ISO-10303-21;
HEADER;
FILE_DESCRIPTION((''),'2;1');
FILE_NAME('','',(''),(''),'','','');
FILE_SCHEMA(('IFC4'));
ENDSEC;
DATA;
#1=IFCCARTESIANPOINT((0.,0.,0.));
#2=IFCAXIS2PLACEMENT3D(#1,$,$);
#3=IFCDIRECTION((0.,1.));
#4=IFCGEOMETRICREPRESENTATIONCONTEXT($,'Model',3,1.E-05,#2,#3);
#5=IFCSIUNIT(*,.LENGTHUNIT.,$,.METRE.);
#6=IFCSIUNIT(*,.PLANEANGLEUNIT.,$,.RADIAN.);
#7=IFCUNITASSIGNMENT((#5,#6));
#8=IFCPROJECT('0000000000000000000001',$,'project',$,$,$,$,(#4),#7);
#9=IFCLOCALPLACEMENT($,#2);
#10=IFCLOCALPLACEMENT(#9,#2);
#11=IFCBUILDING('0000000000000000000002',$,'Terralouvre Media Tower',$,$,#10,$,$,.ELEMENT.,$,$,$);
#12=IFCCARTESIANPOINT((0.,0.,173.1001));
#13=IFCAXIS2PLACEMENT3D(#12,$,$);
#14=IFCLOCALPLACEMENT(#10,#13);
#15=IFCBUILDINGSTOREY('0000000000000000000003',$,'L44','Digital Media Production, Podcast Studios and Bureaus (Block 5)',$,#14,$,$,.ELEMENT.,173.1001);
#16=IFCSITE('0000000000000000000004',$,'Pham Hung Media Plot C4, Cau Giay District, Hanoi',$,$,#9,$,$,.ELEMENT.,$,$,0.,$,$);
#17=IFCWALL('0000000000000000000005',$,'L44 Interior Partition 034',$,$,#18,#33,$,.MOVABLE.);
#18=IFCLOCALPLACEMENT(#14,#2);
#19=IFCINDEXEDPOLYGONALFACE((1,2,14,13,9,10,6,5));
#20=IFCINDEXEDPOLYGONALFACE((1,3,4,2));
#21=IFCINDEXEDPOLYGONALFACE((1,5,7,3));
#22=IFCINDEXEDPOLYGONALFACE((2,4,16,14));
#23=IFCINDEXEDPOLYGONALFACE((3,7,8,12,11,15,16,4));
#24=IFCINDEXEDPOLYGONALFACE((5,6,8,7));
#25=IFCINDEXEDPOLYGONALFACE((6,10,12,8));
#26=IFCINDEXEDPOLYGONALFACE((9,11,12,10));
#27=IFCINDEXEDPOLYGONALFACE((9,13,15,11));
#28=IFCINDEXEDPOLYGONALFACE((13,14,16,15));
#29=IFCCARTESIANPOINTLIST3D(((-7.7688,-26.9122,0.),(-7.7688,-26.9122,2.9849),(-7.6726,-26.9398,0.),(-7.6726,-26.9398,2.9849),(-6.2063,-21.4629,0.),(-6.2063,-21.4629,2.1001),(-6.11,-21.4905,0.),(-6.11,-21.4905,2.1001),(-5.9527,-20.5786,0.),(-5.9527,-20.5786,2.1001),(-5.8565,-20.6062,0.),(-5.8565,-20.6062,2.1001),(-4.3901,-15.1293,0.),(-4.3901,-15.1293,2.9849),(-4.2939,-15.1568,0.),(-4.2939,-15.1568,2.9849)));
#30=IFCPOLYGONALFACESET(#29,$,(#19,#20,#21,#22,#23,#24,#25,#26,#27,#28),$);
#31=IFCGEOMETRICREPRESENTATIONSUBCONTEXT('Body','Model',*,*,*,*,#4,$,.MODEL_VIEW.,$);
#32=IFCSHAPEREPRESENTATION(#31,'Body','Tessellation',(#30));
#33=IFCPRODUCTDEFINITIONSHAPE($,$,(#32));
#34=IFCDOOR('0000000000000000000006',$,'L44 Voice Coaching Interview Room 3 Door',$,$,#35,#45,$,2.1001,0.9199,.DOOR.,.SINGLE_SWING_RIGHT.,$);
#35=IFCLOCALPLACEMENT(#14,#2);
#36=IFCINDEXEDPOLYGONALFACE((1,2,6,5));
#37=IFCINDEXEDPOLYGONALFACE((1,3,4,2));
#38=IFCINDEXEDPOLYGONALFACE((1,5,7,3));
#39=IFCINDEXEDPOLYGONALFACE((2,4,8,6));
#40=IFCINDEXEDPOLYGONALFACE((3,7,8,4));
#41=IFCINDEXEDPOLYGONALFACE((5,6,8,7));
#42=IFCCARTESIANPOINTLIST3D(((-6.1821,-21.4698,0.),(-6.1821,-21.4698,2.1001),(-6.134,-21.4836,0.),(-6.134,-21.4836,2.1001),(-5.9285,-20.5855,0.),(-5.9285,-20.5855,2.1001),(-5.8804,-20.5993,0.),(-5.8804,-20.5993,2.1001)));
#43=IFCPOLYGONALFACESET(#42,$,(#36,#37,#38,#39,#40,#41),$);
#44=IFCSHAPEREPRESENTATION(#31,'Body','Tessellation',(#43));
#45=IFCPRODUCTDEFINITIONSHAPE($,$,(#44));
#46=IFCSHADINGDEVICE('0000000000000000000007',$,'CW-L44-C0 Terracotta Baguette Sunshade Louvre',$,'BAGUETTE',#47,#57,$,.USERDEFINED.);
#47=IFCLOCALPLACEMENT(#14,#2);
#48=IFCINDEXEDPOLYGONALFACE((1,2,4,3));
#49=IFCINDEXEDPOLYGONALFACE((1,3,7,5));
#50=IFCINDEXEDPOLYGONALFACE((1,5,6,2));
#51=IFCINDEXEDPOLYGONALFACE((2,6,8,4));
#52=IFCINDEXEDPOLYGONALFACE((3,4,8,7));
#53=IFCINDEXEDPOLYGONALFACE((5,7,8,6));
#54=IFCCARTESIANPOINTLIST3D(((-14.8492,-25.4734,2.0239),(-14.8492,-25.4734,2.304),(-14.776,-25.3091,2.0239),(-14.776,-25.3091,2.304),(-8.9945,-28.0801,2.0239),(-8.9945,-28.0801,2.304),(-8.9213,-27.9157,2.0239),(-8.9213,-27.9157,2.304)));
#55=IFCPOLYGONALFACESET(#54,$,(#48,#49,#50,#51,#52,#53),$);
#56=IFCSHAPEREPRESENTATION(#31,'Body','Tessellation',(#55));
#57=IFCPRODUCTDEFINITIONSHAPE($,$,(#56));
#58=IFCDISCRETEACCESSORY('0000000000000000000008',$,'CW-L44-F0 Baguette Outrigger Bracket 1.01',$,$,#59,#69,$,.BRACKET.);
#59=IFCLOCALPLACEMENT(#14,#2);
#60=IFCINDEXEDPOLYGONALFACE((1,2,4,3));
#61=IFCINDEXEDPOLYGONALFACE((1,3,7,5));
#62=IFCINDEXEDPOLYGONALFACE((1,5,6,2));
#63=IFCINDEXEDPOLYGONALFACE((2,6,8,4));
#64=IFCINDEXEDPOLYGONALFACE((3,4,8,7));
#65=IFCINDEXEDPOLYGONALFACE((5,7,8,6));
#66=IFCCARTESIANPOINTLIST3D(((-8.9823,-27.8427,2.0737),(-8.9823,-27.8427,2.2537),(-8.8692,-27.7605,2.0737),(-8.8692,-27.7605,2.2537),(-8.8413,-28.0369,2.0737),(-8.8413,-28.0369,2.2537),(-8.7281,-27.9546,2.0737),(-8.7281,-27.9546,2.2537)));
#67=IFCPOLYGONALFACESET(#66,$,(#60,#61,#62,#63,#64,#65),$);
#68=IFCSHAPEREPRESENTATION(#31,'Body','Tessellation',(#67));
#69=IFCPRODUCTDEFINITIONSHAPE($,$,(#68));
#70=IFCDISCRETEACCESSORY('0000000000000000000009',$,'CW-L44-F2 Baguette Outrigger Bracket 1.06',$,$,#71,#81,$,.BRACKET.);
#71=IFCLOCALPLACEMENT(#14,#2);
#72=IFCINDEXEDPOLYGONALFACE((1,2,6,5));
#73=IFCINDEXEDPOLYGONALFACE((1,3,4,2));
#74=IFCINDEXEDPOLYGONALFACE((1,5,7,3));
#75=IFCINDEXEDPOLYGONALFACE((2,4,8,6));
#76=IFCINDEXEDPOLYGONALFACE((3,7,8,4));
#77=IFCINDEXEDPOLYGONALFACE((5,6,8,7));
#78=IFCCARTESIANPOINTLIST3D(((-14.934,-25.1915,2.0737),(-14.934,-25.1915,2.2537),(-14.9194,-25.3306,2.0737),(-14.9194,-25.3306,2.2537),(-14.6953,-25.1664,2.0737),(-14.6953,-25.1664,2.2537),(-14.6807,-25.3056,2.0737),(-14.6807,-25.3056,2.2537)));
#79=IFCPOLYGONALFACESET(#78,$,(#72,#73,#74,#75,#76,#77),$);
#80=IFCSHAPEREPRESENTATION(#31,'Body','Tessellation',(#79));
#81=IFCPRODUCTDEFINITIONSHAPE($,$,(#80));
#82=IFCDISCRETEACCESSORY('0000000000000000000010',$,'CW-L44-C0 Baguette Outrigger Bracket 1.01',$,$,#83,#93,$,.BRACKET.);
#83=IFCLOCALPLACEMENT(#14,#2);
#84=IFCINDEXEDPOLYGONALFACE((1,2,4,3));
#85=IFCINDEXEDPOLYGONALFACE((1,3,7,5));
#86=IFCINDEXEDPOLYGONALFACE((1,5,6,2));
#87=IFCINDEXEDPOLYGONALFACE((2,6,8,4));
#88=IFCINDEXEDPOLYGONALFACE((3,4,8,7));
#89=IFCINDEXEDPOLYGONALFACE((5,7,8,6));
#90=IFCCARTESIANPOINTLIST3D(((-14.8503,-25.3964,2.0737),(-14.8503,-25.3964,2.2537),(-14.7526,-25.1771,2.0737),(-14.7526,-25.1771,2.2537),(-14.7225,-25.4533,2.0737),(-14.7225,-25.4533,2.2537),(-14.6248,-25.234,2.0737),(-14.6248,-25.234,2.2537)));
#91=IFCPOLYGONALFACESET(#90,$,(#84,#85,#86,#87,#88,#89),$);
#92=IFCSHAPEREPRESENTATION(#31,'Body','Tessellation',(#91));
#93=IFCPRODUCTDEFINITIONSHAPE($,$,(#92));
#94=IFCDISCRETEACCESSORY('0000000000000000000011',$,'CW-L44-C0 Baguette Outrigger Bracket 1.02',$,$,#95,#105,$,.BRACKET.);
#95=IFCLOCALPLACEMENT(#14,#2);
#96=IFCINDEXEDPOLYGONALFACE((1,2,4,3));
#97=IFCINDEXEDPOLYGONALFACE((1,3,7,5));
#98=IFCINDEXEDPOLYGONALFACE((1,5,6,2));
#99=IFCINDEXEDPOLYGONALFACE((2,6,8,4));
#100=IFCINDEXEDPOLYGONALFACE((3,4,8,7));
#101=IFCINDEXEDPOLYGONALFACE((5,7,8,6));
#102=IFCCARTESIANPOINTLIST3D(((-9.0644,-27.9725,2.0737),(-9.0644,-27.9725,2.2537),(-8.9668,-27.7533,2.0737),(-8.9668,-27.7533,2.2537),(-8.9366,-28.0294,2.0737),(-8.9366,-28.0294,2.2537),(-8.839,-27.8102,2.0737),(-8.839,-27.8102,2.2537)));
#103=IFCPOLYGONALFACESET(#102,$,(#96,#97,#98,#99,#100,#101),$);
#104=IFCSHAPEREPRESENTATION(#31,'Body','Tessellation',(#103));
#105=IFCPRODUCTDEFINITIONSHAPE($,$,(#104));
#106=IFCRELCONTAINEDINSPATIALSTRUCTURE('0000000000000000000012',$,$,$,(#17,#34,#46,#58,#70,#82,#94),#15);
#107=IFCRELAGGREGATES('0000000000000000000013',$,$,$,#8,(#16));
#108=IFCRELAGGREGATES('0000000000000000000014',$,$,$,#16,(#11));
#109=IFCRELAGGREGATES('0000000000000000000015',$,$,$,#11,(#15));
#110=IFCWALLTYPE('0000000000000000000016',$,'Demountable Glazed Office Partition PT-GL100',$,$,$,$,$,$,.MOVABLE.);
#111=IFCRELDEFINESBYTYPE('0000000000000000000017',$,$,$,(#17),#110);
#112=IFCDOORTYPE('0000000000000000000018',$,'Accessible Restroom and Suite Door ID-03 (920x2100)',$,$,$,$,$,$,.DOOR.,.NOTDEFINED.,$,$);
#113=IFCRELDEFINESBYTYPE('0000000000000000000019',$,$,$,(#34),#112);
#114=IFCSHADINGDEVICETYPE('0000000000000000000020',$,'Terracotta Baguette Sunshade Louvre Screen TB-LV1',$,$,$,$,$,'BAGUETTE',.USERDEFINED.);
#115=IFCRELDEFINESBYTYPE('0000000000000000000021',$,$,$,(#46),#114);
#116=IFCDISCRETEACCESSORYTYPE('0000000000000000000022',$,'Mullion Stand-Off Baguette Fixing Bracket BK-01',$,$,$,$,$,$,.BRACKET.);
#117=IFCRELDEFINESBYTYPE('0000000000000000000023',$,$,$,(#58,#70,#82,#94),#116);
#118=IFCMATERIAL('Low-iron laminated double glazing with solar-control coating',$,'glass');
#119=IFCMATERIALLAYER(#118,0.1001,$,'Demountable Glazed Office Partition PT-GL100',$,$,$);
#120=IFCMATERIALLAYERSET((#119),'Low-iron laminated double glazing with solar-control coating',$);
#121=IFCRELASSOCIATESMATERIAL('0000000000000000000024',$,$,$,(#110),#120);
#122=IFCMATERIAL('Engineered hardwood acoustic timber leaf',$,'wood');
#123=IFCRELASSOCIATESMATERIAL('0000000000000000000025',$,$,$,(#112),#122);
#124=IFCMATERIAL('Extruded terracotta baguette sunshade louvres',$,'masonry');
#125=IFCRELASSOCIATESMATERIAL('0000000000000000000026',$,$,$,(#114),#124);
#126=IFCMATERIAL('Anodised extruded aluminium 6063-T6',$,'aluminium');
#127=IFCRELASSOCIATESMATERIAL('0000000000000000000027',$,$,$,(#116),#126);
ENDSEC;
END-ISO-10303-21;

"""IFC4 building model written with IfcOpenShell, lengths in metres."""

from ifc_helpers import new_model, si_unit, direction, frame, frame_2d, origin, origin_2d, place, context, subcontext, project, spatial, rectangle, extrude, material, layer, layer_set, type_object, element, fill, save


model = new_model("IFC4")

# Units and contexts
model_context = context("Model", 3, precision=1e-05, world=origin(), true_north=direction((0.0, 1.0)))
body_context = subcontext(model_context, "Body", "Model", "MODEL_VIEW")
ifc_project = project(units=[si_unit("LENGTHUNIT", "METRE"), si_unit("PLANEANGLEUNIT", "RADIAN")], contexts=[model_context])

# Site, building, storey
site_placement = place(None, origin())
site = spatial("IfcSite", under=ifc_project, at=site_placement, Name="Pham Hung Media Plot C4, Cau Giay District, Hanoi", CompositionType="ELEMENT", RefElevation=0.0)
building_placement = place(site_placement, origin())
building = spatial("IfcBuilding", under=site, at=building_placement, Name="Terralouvre Media Tower", CompositionType="ELEMENT")
storey_placement = place(building_placement, frame((0.0, 0.0, 173.1001)))
storey = spatial("IfcBuildingStorey", under=building, at=storey_placement, Name="L44", Description="Digital Media Production, Podcast Studios and Bureaus (Block 5)", CompositionType="ELEMENT", Elevation=173.1001)

# Wall, opening, door
ifc_material_1 = material(Name="Low-iron laminated double glazing with solar-control coating", Category="glass")
ifc_layer_1 = layer(ifc_material_1, 0.1001, Name="Demountable Glazed Office Partition PT-GL100")
ifc_layer_set_1 = layer_set([ifc_layer_1], Name="Low-iron laminated double glazing with solar-control coating")
wall_type = type_object("IfcWallType", Name="Demountable Glazed Office Partition PT-GL100", PredefinedType="MOVABLE", material=ifc_layer_set_1)
wall_placement = place(storey_placement, frame((-7.7207, -26.926, 0.0), z_axis=(0.0, 0.0, 1.0), x_axis=(0.275634, 0.961263, 0.0)))
wall = element("IfcWall", 1, at=wall_placement, inside=storey, type_object=wall_type, Name="L44 Interior Partition 034", PredefinedType="MOVABLE", context=body_context, shape_type="SweptSolid", body=[
    extrude(rectangle(XDim=12.2578, YDim=0.1001, at=frame_2d((6.1289, 0.0))), origin(), (0.0, 0.0, 1.0), 2.9849),
])
opening_placement = place(wall_placement, frame((5.6689, 0.0, 0.0)))
opening = element("IfcOpeningElement", 2, at=opening_placement, cuts=wall, PredefinedType="OPENING", context=body_context, shape_type="SweptSolid", body=[
    extrude(rectangle(XDim=0.9199, YDim=2.1001, at=frame_2d((0.46, 1.05))), frame((0.0, 0.0601, 0.0), z_axis=(0.0, -1.0, 0.0), x_axis=(1.0, 0.0, 0.0)), (0.0, 0.0, 1.0), 0.1201),
])
ifc_material_2 = material(Name="Engineered hardwood acoustic timber leaf", Category="wood")
door_type = type_object("IfcDoorType", Name="Accessible Restroom and Suite Door ID-03 (920x2100)", OperationType="NOTDEFINED", PredefinedType="DOOR", material=ifc_material_2)
door_placement = place(opening_placement, origin())
door = element("IfcDoor", 3, at=door_placement, inside=storey, type_object=door_type, Name="L44 Voice Coaching Interview Room 3 Door", OperationType="SINGLE_SWING_RIGHT", OverallHeight=2.1001, OverallWidth=0.9199, PredefinedType="DOOR", context=body_context, shape_type="SweptSolid", body=[
    extrude(rectangle(XDim=0.9199, YDim=2.1001, at=frame_2d((0.46, 1.05))), frame((0.0, 0.0249, 0.0), z_axis=(0.0, -1.0, 0.0), x_axis=(1.0, 0.0, 0.0)), (0.0, 0.0, 1.0), 0.05),
])
fill(opening, door)

# Shading device
ifc_material_3 = material(Name="Extruded terracotta baguette sunshade louvres", Category="masonry")
shading_device_type = type_object("IfcShadingDeviceType", Name="Terracotta Baguette Sunshade Louvre Screen TB-LV1", ElementType="BAGUETTE", PredefinedType="USERDEFINED", material=ifc_material_3)
shading_device_placement = place(storey_placement, frame((-11.8853, -26.6946, 2.0239), z_axis=(0.0, 0.0, 1.0), x_axis=(0.913545, -0.406737, 0.0)))
element("IfcShadingDevice", 4, at=shading_device_placement, inside=storey, type_object=shading_device_type, Name="CW-L44-C0 Terracotta Baguette Sunshade Louvre", ObjectType="BAGUETTE", PredefinedType="USERDEFINED", context=body_context, shape_type="SweptSolid", body=[
    extrude(rectangle(XDim=6.4087, YDim=0.1799, at=origin_2d()), origin(), (0.0, 0.0, 1.0), 0.28),
])

# Discrete accessories
ifc_material_4 = material(Name="Anodised extruded aluminium 6063-T6", Category="aluminium")
discrete_accessory_type = type_object("IfcDiscreteAccessoryType", Name="Mullion Stand-Off Baguette Fixing Bracket BK-01", PredefinedType="BRACKET", material=ifc_material_4)
for number, where, z_axis, x_axis, name in (
    (5, (-8.8552, -27.8987, 2.0737), (0.0, 0.0, 1.0), (0.809017, 0.587785, 0.0), "CW-L44-F0 Baguette Outrigger Bracket 1.01"),
    (6, (-14.8074, -25.2485, 2.0737), (0.0, 0.0, 1.0), (0.104528, -0.994522, 0.0), "CW-L44-F2 Baguette Outrigger Bracket 1.06"),
    (7, (-14.7375, -25.3152, 2.0737), (0.0, 0.0, 1.0), (0.913545, -0.406737, 0.0), "CW-L44-C0 Baguette Outrigger Bracket 1.01"),
    (8, (-8.9517, -27.8914, 2.0737), (0.0, 0.0, 1.0), (0.913545, -0.406737, 0.0), "CW-L44-C0 Baguette Outrigger Bracket 1.02"),
):
    element("IfcDiscreteAccessory", number, at=place(storey_placement, frame(where, z_axis=z_axis, x_axis=x_axis)), inside=storey, type_object=discrete_accessory_type, Name=name, PredefinedType="BRACKET", context=body_context, shape_type="SweptSolid", body=[
        extrude(rectangle(XDim=0.1399, YDim=0.24, at=origin_2d()), origin(), (0.0, 0.0, 1.0), 0.1799),
    ])

save(model, "model.ifc")
